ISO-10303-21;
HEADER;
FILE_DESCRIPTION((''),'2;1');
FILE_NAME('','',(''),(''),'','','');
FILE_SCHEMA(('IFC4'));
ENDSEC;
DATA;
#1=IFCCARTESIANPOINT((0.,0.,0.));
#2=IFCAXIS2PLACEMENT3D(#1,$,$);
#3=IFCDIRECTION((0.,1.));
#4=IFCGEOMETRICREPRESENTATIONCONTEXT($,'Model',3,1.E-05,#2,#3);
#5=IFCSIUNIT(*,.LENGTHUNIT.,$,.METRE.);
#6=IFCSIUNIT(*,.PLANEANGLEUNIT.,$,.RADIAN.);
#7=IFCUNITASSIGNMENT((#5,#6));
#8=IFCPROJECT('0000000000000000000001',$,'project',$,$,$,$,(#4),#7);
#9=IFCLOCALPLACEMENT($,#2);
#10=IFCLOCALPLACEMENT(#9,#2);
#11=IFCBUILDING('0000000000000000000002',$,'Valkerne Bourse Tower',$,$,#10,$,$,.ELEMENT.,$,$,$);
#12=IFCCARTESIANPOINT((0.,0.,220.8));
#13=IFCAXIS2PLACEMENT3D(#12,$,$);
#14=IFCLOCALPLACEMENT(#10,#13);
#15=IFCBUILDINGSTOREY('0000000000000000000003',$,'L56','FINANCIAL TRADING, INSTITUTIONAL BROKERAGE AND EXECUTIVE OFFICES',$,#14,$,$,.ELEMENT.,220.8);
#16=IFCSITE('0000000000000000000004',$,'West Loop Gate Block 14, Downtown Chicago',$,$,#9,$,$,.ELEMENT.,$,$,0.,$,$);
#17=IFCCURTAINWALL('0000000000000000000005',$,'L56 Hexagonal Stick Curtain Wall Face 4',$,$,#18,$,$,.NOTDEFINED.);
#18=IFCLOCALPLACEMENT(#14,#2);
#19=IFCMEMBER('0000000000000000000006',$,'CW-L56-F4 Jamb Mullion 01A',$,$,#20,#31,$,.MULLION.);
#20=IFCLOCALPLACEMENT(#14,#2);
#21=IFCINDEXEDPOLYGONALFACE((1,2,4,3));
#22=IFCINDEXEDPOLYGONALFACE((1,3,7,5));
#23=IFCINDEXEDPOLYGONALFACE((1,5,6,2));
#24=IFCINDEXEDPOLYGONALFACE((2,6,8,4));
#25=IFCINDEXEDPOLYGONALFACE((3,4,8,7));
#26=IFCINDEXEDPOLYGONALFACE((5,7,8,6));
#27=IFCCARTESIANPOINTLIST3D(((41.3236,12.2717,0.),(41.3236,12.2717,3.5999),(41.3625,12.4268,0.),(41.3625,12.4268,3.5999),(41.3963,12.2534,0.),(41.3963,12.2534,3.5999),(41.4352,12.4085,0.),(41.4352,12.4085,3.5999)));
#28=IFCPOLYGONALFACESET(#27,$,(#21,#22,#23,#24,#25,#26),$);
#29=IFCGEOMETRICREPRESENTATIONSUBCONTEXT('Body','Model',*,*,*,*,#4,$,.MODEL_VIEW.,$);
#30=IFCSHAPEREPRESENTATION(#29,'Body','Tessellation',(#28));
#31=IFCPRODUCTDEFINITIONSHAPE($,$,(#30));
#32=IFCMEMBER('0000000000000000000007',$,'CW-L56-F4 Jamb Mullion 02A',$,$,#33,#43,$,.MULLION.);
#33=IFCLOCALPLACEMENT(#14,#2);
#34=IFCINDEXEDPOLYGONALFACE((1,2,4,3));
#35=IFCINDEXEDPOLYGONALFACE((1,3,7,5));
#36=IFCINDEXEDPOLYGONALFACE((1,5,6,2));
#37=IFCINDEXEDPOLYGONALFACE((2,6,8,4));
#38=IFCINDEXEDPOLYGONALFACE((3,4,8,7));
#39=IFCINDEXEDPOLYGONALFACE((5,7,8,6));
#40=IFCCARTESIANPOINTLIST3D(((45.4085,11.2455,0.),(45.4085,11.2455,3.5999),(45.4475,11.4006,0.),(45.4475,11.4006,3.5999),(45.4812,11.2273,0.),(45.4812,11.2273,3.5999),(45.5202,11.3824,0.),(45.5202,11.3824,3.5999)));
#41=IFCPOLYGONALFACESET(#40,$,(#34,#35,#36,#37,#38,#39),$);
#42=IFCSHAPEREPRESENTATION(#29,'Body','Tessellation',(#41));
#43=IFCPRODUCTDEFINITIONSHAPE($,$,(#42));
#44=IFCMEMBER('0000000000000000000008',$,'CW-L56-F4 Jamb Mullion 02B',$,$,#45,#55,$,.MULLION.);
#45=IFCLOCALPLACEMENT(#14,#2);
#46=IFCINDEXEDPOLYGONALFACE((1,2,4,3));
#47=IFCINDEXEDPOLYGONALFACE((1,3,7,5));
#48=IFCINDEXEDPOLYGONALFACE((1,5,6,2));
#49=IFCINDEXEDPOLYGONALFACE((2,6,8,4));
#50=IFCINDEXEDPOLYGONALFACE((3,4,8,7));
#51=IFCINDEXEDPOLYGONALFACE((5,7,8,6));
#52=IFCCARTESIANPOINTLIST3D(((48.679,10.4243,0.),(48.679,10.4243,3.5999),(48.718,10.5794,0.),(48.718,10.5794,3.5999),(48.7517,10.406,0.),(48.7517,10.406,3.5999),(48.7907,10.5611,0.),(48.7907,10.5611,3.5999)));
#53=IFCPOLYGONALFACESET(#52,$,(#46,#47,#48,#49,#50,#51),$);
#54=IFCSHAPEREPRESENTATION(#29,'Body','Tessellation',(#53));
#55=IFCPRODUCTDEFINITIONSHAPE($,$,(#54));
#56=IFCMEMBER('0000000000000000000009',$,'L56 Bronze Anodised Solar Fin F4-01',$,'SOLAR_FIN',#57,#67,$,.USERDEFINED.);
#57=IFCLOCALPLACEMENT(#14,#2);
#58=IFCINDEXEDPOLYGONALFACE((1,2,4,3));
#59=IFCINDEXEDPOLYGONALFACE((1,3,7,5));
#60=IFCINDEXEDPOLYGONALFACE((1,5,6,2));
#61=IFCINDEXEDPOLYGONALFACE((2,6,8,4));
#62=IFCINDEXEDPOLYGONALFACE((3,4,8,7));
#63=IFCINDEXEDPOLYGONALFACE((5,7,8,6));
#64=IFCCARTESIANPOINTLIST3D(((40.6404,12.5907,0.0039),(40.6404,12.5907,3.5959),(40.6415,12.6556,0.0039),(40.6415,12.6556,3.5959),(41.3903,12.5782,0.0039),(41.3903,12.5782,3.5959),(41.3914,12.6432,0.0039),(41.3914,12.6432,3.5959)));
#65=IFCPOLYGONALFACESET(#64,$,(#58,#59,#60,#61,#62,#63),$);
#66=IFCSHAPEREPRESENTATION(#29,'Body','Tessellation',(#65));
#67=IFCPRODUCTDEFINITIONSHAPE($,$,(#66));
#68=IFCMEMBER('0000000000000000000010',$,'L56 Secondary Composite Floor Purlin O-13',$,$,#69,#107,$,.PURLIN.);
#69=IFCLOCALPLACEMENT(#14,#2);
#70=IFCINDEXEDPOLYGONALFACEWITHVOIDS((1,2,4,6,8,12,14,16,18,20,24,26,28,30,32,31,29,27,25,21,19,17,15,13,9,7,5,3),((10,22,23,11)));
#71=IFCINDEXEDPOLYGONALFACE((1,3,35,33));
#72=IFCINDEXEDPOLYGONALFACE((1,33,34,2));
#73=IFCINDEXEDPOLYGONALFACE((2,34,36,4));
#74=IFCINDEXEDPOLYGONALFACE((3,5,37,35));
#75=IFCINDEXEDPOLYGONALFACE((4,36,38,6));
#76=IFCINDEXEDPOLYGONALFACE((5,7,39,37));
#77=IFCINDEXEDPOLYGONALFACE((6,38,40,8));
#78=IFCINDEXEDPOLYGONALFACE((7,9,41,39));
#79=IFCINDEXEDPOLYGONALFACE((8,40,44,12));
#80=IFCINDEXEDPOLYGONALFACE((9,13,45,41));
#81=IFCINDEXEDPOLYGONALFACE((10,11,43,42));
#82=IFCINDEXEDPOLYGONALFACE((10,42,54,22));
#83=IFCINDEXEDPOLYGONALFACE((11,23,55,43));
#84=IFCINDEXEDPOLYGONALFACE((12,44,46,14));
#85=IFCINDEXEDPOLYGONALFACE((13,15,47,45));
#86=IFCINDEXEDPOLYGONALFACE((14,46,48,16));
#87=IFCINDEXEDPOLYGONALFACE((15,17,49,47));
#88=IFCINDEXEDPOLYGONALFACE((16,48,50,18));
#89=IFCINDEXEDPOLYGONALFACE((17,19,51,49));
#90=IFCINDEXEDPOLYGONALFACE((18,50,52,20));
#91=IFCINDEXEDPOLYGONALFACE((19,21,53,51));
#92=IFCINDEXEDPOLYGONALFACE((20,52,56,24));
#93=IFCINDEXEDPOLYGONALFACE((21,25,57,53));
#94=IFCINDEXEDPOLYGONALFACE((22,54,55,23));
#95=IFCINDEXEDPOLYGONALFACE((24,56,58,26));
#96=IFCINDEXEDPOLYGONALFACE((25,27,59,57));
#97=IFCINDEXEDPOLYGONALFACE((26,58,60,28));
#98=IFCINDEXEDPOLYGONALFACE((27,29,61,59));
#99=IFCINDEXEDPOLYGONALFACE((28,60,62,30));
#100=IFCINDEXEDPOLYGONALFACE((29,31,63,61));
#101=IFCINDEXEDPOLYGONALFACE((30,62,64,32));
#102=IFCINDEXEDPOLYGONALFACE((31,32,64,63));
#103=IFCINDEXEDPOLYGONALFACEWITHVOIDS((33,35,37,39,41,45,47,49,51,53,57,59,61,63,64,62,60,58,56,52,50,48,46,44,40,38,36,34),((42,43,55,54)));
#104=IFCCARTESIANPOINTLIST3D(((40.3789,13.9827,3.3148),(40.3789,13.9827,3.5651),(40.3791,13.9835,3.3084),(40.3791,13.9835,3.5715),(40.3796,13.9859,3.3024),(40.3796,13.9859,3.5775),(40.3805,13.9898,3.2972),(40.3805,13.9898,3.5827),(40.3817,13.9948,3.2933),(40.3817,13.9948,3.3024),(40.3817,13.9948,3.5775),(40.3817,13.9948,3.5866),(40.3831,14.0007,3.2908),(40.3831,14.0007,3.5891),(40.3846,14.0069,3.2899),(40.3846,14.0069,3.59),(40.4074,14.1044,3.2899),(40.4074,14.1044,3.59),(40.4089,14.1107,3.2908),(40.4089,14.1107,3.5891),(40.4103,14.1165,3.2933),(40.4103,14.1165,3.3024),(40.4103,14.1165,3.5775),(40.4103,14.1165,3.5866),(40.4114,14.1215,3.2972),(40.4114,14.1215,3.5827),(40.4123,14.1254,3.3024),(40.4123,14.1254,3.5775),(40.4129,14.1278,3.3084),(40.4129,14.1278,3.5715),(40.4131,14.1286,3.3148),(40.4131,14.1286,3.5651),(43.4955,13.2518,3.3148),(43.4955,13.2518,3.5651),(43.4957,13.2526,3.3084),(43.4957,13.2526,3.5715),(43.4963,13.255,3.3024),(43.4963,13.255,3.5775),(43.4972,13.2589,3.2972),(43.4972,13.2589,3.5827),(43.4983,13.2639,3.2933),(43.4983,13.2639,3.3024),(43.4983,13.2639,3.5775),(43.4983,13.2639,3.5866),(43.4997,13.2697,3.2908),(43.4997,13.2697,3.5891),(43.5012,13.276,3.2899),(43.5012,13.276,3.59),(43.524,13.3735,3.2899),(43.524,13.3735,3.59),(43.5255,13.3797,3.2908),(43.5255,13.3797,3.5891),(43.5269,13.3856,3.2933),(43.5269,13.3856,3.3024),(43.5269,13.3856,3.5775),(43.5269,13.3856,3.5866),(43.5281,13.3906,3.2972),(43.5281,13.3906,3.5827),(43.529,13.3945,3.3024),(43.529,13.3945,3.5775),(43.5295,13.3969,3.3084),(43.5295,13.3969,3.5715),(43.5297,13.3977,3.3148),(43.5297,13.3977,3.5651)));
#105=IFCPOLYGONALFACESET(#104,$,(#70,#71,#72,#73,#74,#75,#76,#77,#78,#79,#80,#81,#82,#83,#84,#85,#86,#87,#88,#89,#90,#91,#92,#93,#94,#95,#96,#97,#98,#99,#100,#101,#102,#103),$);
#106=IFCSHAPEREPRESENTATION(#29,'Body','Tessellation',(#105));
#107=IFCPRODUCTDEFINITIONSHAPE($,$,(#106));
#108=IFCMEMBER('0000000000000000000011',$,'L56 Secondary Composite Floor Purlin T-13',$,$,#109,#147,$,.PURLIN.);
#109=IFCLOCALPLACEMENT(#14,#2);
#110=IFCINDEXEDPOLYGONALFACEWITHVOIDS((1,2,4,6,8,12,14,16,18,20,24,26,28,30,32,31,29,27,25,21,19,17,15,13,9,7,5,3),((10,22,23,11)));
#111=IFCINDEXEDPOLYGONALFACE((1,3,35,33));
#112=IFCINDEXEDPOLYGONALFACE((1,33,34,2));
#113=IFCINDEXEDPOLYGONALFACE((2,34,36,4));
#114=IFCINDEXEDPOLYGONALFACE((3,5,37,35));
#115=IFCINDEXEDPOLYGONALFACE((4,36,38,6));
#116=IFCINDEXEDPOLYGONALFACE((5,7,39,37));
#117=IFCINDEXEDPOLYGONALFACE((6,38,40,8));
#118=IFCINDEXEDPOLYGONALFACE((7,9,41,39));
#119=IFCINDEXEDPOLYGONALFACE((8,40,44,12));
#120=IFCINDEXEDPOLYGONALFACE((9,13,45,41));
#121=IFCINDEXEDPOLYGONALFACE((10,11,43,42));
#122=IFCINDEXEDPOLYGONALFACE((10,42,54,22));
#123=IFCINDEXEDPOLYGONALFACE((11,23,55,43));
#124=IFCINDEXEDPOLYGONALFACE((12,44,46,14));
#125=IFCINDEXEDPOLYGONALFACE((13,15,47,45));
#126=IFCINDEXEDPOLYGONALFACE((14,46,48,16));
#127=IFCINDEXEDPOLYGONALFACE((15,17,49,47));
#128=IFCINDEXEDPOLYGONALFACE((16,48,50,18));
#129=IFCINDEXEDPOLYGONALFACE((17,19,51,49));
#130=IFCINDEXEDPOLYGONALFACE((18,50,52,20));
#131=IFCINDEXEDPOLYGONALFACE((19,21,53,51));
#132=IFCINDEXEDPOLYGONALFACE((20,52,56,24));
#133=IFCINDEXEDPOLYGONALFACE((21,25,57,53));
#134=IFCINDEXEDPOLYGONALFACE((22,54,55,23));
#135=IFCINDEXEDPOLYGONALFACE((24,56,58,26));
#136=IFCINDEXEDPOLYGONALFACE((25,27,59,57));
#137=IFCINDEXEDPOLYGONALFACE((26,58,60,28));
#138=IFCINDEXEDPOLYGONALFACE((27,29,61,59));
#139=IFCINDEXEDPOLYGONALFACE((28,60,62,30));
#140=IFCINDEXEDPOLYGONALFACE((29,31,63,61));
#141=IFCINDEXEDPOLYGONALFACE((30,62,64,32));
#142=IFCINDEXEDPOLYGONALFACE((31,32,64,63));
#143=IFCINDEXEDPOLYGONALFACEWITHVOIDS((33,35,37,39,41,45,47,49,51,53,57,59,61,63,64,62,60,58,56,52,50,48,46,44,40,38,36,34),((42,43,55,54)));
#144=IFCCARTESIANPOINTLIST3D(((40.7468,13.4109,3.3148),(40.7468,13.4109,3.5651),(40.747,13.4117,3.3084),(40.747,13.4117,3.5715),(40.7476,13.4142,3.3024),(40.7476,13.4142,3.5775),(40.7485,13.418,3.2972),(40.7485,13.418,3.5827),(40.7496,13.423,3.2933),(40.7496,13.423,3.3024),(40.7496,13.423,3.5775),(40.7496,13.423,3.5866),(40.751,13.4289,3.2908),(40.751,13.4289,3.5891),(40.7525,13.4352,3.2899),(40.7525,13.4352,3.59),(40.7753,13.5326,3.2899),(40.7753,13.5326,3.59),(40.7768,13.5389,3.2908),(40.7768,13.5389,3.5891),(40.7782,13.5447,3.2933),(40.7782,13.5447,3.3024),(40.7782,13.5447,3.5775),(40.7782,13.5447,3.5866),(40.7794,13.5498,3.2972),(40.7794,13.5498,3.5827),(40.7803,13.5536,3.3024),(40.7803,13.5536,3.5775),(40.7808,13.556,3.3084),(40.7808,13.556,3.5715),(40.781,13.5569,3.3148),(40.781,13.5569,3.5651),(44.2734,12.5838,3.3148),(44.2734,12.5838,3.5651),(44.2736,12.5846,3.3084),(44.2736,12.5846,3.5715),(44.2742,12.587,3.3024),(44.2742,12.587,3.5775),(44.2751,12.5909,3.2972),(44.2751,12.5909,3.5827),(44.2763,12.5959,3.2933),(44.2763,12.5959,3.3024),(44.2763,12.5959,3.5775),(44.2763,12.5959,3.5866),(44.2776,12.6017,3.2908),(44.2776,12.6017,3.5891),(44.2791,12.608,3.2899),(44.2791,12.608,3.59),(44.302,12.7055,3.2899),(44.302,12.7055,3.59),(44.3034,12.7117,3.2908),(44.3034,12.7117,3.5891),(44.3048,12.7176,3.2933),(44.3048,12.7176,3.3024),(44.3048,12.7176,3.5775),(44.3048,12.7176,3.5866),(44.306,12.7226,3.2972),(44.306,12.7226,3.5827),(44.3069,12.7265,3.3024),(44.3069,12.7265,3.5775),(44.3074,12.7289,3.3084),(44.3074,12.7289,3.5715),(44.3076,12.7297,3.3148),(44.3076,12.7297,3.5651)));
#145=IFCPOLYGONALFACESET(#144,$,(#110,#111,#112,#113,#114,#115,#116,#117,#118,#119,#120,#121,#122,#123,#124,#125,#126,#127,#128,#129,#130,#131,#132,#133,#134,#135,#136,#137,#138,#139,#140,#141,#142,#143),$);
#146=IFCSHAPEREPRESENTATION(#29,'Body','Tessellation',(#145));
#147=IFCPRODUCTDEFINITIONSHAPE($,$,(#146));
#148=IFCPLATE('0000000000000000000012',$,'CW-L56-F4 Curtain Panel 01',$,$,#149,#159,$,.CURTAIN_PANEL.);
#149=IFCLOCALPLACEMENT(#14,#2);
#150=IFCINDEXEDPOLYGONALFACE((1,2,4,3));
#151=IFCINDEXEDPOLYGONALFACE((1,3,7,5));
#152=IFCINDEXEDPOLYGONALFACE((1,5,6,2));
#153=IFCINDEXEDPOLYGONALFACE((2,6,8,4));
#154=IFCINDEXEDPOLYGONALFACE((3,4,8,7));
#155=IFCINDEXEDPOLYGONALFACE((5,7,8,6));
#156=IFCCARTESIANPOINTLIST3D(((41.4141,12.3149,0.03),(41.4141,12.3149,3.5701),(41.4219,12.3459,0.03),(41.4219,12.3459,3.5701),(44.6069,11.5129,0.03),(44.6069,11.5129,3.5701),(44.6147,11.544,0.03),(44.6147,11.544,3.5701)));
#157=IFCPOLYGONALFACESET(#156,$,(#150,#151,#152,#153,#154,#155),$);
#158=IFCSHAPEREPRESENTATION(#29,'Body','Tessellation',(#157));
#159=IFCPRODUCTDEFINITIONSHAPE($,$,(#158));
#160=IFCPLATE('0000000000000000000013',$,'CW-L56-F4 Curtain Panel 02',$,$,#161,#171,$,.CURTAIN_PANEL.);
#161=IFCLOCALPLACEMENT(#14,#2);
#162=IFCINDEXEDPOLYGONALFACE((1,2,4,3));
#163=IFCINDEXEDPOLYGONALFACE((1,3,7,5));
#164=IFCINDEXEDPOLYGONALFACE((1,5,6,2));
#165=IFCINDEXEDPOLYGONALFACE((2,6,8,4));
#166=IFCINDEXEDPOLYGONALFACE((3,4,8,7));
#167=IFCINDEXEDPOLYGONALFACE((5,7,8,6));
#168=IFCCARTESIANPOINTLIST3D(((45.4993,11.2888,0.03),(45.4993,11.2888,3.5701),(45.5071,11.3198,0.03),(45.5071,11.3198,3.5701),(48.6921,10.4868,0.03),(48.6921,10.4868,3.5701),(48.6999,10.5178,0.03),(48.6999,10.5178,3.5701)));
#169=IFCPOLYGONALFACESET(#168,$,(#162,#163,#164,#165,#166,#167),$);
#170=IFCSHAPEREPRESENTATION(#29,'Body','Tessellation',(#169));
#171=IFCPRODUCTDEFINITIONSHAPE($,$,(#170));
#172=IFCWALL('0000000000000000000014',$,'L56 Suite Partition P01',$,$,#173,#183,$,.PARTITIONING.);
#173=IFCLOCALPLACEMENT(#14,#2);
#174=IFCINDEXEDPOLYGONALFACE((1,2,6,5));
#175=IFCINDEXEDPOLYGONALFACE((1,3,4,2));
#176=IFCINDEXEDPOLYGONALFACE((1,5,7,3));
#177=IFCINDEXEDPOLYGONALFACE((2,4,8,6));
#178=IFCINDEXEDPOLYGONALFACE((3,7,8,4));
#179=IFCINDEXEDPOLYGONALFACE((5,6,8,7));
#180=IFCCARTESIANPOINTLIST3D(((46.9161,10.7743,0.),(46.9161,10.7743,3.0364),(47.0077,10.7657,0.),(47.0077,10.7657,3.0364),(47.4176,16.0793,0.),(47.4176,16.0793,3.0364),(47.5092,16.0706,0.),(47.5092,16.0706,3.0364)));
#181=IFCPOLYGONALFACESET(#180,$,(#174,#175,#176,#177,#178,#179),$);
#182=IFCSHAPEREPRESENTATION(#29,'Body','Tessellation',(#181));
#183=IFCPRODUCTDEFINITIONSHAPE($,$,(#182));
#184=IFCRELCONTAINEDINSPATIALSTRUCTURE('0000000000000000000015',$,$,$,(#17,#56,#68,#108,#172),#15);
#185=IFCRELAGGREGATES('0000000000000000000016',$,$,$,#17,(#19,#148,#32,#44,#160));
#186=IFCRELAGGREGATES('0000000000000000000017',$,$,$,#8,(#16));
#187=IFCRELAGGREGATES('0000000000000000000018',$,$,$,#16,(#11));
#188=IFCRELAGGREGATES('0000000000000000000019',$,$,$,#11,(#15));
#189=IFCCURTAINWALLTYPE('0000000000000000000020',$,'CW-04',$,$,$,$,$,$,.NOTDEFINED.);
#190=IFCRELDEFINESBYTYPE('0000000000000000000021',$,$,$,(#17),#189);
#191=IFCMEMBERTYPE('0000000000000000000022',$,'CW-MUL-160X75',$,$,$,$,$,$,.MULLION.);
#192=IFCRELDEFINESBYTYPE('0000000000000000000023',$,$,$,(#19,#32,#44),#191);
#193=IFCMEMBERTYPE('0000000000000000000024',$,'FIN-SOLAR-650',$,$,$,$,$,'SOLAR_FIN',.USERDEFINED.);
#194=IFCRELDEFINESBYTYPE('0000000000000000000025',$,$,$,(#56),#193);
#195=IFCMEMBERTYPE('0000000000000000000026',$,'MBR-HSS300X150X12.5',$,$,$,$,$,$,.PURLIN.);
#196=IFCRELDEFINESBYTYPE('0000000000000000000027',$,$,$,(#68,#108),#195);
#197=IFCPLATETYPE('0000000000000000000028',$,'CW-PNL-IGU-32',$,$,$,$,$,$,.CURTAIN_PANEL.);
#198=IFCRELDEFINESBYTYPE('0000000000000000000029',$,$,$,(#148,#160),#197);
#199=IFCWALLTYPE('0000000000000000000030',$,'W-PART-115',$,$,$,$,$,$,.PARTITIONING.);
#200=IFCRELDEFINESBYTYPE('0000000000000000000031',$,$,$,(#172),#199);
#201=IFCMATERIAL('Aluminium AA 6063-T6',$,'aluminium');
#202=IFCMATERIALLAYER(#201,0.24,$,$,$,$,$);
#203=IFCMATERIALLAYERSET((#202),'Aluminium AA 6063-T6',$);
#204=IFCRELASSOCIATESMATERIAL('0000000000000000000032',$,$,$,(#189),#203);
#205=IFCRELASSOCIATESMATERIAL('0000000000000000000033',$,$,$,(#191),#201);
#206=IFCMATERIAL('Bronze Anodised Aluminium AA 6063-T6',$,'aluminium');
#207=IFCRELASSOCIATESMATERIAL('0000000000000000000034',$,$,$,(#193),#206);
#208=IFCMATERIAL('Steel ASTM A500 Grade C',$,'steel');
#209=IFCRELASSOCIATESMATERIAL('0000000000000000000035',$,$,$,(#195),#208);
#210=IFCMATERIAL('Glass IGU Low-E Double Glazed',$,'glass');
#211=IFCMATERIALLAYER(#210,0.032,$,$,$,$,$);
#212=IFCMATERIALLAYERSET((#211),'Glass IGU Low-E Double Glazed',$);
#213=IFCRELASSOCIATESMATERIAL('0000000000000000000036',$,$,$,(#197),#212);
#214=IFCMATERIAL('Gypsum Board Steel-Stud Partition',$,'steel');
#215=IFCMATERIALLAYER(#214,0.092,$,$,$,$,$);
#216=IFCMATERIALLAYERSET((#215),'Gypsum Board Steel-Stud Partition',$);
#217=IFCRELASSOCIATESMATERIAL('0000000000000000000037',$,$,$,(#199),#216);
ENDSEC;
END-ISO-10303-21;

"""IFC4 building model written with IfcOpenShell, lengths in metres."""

from ifc_helpers import new_model, si_unit, direction, frame, frame_2d, origin, origin_2d, place, context, subcontext, project, spatial, rectangle, hollow_rectangle, extrude, material, layer, layer_set, material_profile, profile_set, type_object, element, aggregate, save


model = new_model("IFC4")

# Units and contexts
model_context = context("Model", 3, precision=1e-05, world=origin(), true_north=direction((0.0, 1.0)))
body_context = subcontext(model_context, "Body", "Model", "MODEL_VIEW")
ifc_project = project(units=[si_unit("LENGTHUNIT", "METRE"), si_unit("PLANEANGLEUNIT", "RADIAN")], contexts=[model_context])

# Site, building, storey
site_placement = place(None, origin())
site = spatial("IfcSite", under=ifc_project, at=site_placement, Name="West Loop Gate Block 14, Downtown Chicago", CompositionType="ELEMENT", RefElevation=0.0)
building_placement = place(site_placement, origin())
building = spatial("IfcBuilding", under=site, at=building_placement, Name="Valkerne Bourse Tower", CompositionType="ELEMENT")
storey_placement = place(building_placement, frame((0.0, 0.0, 220.8)))
storey = spatial("IfcBuildingStorey", under=building, at=storey_placement, Name="L56", Description="FINANCIAL TRADING, INSTITUTIONAL BROKERAGE AND EXECUTIVE OFFICES", CompositionType="ELEMENT", Elevation=220.8)

# Curtain wall, members
ifc_material_1 = material(Name="Aluminium AA 6063-T6", Category="aluminium")
ifc_layer_1 = layer(ifc_material_1, 0.24)
ifc_layer_set_1 = layer_set([ifc_layer_1], Name="Aluminium AA 6063-T6")
curtain_wall_type = type_object("IfcCurtainWallType", Name="CW-04", PredefinedType="NOTDEFINED", material=ifc_layer_set_1)
curtain_wall_placement = place(storey_placement, origin())
curtain_wall = element("IfcCurtainWall", 1, at=curtain_wall_placement, inside=storey, type_object=curtain_wall_type, Name="L56 Hexagonal Stick Curtain Wall Face 4", PredefinedType="NOTDEFINED")
ifc_material_profile_1 = material_profile(ifc_material_1, rectangle(XDim=0.075, YDim=0.1599, at=origin_2d()), Name="CWM-75X160")
ifc_profile_set_1 = profile_set([ifc_material_profile_1], Name="Aluminium AA 6063-T6")
member_type_1 = type_object("IfcMemberType", Name="CW-MUL-160X75", PredefinedType="MULLION", material=ifc_profile_set_1)
member_1_placement = place(storey_placement, frame((41.3794, 12.3401, 0.0), z_axis=(0.0, 0.0, 1.0), x_axis=(0.969872, -0.243614, 0.0)))
member_1 = element("IfcMember", 2, at=member_1_placement, type_object=member_type_1, Name="CW-L56-F4 Jamb Mullion 01A", PredefinedType="MULLION", context=body_context, shape_type="SweptSolid", body=[
    extrude(rectangle(XDim=0.075, YDim=0.1599, at=origin_2d()), origin(), (0.0, 0.0, 1.0), 3.5999),
])
member_2_placement = place(storey_placement, frame((45.4644, 11.314, 0.0), z_axis=(0.0, 0.0, 1.0), x_axis=(0.969872, -0.243614, 0.0)))
member_2 = element("IfcMember", 3, at=member_2_placement, type_object=member_type_1, Name="CW-L56-F4 Jamb Mullion 02A", PredefinedType="MULLION", context=body_context, shape_type="SweptSolid", body=[
    extrude(rectangle(XDim=0.075, YDim=0.1599, at=origin_2d()), origin(), (0.0, 0.0, 1.0), 3.5999),
])
member_3_placement = place(storey_placement, frame((48.7349, 10.4927, 0.0), z_axis=(0.0, 0.0, 1.0), x_axis=(0.969872, -0.243614, 0.0)))
member_3 = element("IfcMember", 4, at=member_3_placement, type_object=member_type_1, Name="CW-L56-F4 Jamb Mullion 02B", PredefinedType="MULLION", context=body_context, shape_type="SweptSolid", body=[
    extrude(rectangle(XDim=0.075, YDim=0.1599, at=origin_2d()), origin(), (0.0, 0.0, 1.0), 3.5999),
])

# Members
ifc_material_2 = material(Name="Bronze Anodised Aluminium AA 6063-T6", Category="aluminium")
ifc_material_profile_2 = material_profile(ifc_material_2, rectangle(XDim=0.0649, YDim=0.75, at=origin_2d()), Name="FIN-65X750")
ifc_profile_set_2 = profile_set([ifc_material_profile_2], Name="Bronze Anodised Aluminium AA 6063-T6")
member_type_2 = type_object("IfcMemberType", Name="FIN-SOLAR-650", ElementType="SOLAR_FIN", PredefinedType="USERDEFINED", material=ifc_profile_set_2)
member_4_placement = place(storey_placement, frame((41.0159, 12.6169, 0.0039), z_axis=(0.0, 0.0, 1.0), x_axis=(-0.016625, -0.999862, 0.0)))
element("IfcMember", 5, at=member_4_placement, inside=storey, type_object=member_type_2, Name="L56 Bronze Anodised Solar Fin F4-01", ObjectType="SOLAR_FIN", PredefinedType="USERDEFINED", context=body_context, shape_type="SweptSolid", body=[
    extrude(rectangle(XDim=0.0649, YDim=0.75, at=origin_2d()), origin(), (0.0, 0.0, 1.0), 3.592),
])
ifc_material_3 = material(Name="Steel ASTM A500 Grade C", Category="steel")
ifc_material_profile_3 = material_profile(ifc_material_3, hollow_rectangle(XDim=0.1499, YDim=0.3, WallThickness=0.0125, OuterFilletRadius=0.0249, at=origin_2d()), Name="HSS300X150X12.5")
ifc_profile_set_3 = profile_set([ifc_material_profile_3], Name="Steel ASTM A500 Grade C")
member_type_3 = type_object("IfcMemberType", Name="MBR-HSS300X150X12.5", PredefinedType="PURLIN", material=ifc_profile_set_3)
member_5_placement = place(storey_placement, frame((40.396, 14.0557, 3.4399), z_axis=(0.973583, -0.228334, 0.0), x_axis=(0.228334, 0.973583, 0.0)))
element("IfcMember", 6, at=member_5_placement, inside=storey, type_object=member_type_3, Name="L56 Secondary Composite Floor Purlin O-13", PredefinedType="PURLIN", context=body_context, shape_type="SweptSolid", body=[
    extrude(hollow_rectangle(XDim=0.1499, YDim=0.3, WallThickness=0.0125, OuterFilletRadius=0.0249, at=origin_2d()), origin(), (0.0, 0.0, 1.0), 3.2012),
])
member_6_placement = place(storey_placement, frame((40.7639, 13.4839, 3.4399), z_axis=(0.97358, -0.228348, 0.0), x_axis=(0.228348, 0.97358, 0.0)))
element("IfcMember", 7, at=member_6_placement, inside=storey, type_object=member_type_3, Name="L56 Secondary Composite Floor Purlin T-13", PredefinedType="PURLIN", context=body_context, shape_type="SweptSolid", body=[
    extrude(hollow_rectangle(XDim=0.1499, YDim=0.3, WallThickness=0.0125, OuterFilletRadius=0.0249, at=origin_2d()), origin(), (0.0, 0.0, 1.0), 3.6223),
])

# Plates
ifc_material_4 = material(Name="Glass IGU Low-E Double Glazed", Category="glass")
ifc_layer_2 = layer(ifc_material_4, 0.032)
ifc_layer_set_2 = layer_set([ifc_layer_2], Name="Glass IGU Low-E Double Glazed")
plate_type = type_object("IfcPlateType", Name="CW-PNL-IGU-32", PredefinedType="CURTAIN_PANEL", material=ifc_layer_set_2)
plate_1_placement = place(storey_placement, frame((43.0144, 11.9294, 0.03), z_axis=(0.0, 0.0, 1.0), x_axis=(0.969872, -0.243614, 0.0)))
plate_1 = element("IfcPlate", 8, at=plate_1_placement, type_object=plate_type, Name="CW-L56-F4 Curtain Panel 01", PredefinedType="CURTAIN_PANEL", context=body_context, shape_type="SweptSolid", body=[
    extrude(rectangle(XDim=3.292, YDim=0.032, at=origin_2d()), origin(), (0.0, 0.0, 1.0), 3.54),
])
plate_2_placement = place(storey_placement, frame((47.0996, 10.9033, 0.03), z_axis=(0.0, 0.0, 1.0), x_axis=(0.969872, -0.243614, 0.0)))
plate_2 = element("IfcPlate", 9, at=plate_2_placement, type_object=plate_type, Name="CW-L56-F4 Curtain Panel 02", PredefinedType="CURTAIN_PANEL", context=body_context, shape_type="SweptSolid", body=[
    extrude(rectangle(XDim=3.292, YDim=0.032, at=origin_2d()), origin(), (0.0, 0.0, 1.0), 3.54),
])
aggregate(curtain_wall, [member_1, plate_1, member_2, member_3, plate_2])

# Wall
ifc_material_5 = material(Name="Gypsum Board Steel-Stud Partition", Category="steel")
ifc_layer_3 = layer(ifc_material_5, 0.092)
ifc_layer_set_3 = layer_set([ifc_layer_3], Name="Gypsum Board Steel-Stud Partition")
wall_type_1 = type_object("IfcWallType", Name="W-PART-115", PredefinedType="PARTITIONING", material=ifc_layer_set_3)
wall_1_placement = place(storey_placement, frame((47.4634, 16.075, 0.0), z_axis=(0.0, 0.0, 1.0), x_axis=(-0.094109, -0.995562, 0.0)))
element("IfcWall", 10, at=wall_1_placement, inside=storey, type_object=wall_type_1, Name="L56 Suite Partition P01", PredefinedType="PARTITIONING", context=body_context, shape_type="SweptSolid", body=[
    extrude(rectangle(XDim=5.3286, YDim=0.092, at=frame_2d((2.6643, 0.0))), origin(), (0.0, 0.0, 1.0), 3.0364),
])

save(model, "model.ifc")
